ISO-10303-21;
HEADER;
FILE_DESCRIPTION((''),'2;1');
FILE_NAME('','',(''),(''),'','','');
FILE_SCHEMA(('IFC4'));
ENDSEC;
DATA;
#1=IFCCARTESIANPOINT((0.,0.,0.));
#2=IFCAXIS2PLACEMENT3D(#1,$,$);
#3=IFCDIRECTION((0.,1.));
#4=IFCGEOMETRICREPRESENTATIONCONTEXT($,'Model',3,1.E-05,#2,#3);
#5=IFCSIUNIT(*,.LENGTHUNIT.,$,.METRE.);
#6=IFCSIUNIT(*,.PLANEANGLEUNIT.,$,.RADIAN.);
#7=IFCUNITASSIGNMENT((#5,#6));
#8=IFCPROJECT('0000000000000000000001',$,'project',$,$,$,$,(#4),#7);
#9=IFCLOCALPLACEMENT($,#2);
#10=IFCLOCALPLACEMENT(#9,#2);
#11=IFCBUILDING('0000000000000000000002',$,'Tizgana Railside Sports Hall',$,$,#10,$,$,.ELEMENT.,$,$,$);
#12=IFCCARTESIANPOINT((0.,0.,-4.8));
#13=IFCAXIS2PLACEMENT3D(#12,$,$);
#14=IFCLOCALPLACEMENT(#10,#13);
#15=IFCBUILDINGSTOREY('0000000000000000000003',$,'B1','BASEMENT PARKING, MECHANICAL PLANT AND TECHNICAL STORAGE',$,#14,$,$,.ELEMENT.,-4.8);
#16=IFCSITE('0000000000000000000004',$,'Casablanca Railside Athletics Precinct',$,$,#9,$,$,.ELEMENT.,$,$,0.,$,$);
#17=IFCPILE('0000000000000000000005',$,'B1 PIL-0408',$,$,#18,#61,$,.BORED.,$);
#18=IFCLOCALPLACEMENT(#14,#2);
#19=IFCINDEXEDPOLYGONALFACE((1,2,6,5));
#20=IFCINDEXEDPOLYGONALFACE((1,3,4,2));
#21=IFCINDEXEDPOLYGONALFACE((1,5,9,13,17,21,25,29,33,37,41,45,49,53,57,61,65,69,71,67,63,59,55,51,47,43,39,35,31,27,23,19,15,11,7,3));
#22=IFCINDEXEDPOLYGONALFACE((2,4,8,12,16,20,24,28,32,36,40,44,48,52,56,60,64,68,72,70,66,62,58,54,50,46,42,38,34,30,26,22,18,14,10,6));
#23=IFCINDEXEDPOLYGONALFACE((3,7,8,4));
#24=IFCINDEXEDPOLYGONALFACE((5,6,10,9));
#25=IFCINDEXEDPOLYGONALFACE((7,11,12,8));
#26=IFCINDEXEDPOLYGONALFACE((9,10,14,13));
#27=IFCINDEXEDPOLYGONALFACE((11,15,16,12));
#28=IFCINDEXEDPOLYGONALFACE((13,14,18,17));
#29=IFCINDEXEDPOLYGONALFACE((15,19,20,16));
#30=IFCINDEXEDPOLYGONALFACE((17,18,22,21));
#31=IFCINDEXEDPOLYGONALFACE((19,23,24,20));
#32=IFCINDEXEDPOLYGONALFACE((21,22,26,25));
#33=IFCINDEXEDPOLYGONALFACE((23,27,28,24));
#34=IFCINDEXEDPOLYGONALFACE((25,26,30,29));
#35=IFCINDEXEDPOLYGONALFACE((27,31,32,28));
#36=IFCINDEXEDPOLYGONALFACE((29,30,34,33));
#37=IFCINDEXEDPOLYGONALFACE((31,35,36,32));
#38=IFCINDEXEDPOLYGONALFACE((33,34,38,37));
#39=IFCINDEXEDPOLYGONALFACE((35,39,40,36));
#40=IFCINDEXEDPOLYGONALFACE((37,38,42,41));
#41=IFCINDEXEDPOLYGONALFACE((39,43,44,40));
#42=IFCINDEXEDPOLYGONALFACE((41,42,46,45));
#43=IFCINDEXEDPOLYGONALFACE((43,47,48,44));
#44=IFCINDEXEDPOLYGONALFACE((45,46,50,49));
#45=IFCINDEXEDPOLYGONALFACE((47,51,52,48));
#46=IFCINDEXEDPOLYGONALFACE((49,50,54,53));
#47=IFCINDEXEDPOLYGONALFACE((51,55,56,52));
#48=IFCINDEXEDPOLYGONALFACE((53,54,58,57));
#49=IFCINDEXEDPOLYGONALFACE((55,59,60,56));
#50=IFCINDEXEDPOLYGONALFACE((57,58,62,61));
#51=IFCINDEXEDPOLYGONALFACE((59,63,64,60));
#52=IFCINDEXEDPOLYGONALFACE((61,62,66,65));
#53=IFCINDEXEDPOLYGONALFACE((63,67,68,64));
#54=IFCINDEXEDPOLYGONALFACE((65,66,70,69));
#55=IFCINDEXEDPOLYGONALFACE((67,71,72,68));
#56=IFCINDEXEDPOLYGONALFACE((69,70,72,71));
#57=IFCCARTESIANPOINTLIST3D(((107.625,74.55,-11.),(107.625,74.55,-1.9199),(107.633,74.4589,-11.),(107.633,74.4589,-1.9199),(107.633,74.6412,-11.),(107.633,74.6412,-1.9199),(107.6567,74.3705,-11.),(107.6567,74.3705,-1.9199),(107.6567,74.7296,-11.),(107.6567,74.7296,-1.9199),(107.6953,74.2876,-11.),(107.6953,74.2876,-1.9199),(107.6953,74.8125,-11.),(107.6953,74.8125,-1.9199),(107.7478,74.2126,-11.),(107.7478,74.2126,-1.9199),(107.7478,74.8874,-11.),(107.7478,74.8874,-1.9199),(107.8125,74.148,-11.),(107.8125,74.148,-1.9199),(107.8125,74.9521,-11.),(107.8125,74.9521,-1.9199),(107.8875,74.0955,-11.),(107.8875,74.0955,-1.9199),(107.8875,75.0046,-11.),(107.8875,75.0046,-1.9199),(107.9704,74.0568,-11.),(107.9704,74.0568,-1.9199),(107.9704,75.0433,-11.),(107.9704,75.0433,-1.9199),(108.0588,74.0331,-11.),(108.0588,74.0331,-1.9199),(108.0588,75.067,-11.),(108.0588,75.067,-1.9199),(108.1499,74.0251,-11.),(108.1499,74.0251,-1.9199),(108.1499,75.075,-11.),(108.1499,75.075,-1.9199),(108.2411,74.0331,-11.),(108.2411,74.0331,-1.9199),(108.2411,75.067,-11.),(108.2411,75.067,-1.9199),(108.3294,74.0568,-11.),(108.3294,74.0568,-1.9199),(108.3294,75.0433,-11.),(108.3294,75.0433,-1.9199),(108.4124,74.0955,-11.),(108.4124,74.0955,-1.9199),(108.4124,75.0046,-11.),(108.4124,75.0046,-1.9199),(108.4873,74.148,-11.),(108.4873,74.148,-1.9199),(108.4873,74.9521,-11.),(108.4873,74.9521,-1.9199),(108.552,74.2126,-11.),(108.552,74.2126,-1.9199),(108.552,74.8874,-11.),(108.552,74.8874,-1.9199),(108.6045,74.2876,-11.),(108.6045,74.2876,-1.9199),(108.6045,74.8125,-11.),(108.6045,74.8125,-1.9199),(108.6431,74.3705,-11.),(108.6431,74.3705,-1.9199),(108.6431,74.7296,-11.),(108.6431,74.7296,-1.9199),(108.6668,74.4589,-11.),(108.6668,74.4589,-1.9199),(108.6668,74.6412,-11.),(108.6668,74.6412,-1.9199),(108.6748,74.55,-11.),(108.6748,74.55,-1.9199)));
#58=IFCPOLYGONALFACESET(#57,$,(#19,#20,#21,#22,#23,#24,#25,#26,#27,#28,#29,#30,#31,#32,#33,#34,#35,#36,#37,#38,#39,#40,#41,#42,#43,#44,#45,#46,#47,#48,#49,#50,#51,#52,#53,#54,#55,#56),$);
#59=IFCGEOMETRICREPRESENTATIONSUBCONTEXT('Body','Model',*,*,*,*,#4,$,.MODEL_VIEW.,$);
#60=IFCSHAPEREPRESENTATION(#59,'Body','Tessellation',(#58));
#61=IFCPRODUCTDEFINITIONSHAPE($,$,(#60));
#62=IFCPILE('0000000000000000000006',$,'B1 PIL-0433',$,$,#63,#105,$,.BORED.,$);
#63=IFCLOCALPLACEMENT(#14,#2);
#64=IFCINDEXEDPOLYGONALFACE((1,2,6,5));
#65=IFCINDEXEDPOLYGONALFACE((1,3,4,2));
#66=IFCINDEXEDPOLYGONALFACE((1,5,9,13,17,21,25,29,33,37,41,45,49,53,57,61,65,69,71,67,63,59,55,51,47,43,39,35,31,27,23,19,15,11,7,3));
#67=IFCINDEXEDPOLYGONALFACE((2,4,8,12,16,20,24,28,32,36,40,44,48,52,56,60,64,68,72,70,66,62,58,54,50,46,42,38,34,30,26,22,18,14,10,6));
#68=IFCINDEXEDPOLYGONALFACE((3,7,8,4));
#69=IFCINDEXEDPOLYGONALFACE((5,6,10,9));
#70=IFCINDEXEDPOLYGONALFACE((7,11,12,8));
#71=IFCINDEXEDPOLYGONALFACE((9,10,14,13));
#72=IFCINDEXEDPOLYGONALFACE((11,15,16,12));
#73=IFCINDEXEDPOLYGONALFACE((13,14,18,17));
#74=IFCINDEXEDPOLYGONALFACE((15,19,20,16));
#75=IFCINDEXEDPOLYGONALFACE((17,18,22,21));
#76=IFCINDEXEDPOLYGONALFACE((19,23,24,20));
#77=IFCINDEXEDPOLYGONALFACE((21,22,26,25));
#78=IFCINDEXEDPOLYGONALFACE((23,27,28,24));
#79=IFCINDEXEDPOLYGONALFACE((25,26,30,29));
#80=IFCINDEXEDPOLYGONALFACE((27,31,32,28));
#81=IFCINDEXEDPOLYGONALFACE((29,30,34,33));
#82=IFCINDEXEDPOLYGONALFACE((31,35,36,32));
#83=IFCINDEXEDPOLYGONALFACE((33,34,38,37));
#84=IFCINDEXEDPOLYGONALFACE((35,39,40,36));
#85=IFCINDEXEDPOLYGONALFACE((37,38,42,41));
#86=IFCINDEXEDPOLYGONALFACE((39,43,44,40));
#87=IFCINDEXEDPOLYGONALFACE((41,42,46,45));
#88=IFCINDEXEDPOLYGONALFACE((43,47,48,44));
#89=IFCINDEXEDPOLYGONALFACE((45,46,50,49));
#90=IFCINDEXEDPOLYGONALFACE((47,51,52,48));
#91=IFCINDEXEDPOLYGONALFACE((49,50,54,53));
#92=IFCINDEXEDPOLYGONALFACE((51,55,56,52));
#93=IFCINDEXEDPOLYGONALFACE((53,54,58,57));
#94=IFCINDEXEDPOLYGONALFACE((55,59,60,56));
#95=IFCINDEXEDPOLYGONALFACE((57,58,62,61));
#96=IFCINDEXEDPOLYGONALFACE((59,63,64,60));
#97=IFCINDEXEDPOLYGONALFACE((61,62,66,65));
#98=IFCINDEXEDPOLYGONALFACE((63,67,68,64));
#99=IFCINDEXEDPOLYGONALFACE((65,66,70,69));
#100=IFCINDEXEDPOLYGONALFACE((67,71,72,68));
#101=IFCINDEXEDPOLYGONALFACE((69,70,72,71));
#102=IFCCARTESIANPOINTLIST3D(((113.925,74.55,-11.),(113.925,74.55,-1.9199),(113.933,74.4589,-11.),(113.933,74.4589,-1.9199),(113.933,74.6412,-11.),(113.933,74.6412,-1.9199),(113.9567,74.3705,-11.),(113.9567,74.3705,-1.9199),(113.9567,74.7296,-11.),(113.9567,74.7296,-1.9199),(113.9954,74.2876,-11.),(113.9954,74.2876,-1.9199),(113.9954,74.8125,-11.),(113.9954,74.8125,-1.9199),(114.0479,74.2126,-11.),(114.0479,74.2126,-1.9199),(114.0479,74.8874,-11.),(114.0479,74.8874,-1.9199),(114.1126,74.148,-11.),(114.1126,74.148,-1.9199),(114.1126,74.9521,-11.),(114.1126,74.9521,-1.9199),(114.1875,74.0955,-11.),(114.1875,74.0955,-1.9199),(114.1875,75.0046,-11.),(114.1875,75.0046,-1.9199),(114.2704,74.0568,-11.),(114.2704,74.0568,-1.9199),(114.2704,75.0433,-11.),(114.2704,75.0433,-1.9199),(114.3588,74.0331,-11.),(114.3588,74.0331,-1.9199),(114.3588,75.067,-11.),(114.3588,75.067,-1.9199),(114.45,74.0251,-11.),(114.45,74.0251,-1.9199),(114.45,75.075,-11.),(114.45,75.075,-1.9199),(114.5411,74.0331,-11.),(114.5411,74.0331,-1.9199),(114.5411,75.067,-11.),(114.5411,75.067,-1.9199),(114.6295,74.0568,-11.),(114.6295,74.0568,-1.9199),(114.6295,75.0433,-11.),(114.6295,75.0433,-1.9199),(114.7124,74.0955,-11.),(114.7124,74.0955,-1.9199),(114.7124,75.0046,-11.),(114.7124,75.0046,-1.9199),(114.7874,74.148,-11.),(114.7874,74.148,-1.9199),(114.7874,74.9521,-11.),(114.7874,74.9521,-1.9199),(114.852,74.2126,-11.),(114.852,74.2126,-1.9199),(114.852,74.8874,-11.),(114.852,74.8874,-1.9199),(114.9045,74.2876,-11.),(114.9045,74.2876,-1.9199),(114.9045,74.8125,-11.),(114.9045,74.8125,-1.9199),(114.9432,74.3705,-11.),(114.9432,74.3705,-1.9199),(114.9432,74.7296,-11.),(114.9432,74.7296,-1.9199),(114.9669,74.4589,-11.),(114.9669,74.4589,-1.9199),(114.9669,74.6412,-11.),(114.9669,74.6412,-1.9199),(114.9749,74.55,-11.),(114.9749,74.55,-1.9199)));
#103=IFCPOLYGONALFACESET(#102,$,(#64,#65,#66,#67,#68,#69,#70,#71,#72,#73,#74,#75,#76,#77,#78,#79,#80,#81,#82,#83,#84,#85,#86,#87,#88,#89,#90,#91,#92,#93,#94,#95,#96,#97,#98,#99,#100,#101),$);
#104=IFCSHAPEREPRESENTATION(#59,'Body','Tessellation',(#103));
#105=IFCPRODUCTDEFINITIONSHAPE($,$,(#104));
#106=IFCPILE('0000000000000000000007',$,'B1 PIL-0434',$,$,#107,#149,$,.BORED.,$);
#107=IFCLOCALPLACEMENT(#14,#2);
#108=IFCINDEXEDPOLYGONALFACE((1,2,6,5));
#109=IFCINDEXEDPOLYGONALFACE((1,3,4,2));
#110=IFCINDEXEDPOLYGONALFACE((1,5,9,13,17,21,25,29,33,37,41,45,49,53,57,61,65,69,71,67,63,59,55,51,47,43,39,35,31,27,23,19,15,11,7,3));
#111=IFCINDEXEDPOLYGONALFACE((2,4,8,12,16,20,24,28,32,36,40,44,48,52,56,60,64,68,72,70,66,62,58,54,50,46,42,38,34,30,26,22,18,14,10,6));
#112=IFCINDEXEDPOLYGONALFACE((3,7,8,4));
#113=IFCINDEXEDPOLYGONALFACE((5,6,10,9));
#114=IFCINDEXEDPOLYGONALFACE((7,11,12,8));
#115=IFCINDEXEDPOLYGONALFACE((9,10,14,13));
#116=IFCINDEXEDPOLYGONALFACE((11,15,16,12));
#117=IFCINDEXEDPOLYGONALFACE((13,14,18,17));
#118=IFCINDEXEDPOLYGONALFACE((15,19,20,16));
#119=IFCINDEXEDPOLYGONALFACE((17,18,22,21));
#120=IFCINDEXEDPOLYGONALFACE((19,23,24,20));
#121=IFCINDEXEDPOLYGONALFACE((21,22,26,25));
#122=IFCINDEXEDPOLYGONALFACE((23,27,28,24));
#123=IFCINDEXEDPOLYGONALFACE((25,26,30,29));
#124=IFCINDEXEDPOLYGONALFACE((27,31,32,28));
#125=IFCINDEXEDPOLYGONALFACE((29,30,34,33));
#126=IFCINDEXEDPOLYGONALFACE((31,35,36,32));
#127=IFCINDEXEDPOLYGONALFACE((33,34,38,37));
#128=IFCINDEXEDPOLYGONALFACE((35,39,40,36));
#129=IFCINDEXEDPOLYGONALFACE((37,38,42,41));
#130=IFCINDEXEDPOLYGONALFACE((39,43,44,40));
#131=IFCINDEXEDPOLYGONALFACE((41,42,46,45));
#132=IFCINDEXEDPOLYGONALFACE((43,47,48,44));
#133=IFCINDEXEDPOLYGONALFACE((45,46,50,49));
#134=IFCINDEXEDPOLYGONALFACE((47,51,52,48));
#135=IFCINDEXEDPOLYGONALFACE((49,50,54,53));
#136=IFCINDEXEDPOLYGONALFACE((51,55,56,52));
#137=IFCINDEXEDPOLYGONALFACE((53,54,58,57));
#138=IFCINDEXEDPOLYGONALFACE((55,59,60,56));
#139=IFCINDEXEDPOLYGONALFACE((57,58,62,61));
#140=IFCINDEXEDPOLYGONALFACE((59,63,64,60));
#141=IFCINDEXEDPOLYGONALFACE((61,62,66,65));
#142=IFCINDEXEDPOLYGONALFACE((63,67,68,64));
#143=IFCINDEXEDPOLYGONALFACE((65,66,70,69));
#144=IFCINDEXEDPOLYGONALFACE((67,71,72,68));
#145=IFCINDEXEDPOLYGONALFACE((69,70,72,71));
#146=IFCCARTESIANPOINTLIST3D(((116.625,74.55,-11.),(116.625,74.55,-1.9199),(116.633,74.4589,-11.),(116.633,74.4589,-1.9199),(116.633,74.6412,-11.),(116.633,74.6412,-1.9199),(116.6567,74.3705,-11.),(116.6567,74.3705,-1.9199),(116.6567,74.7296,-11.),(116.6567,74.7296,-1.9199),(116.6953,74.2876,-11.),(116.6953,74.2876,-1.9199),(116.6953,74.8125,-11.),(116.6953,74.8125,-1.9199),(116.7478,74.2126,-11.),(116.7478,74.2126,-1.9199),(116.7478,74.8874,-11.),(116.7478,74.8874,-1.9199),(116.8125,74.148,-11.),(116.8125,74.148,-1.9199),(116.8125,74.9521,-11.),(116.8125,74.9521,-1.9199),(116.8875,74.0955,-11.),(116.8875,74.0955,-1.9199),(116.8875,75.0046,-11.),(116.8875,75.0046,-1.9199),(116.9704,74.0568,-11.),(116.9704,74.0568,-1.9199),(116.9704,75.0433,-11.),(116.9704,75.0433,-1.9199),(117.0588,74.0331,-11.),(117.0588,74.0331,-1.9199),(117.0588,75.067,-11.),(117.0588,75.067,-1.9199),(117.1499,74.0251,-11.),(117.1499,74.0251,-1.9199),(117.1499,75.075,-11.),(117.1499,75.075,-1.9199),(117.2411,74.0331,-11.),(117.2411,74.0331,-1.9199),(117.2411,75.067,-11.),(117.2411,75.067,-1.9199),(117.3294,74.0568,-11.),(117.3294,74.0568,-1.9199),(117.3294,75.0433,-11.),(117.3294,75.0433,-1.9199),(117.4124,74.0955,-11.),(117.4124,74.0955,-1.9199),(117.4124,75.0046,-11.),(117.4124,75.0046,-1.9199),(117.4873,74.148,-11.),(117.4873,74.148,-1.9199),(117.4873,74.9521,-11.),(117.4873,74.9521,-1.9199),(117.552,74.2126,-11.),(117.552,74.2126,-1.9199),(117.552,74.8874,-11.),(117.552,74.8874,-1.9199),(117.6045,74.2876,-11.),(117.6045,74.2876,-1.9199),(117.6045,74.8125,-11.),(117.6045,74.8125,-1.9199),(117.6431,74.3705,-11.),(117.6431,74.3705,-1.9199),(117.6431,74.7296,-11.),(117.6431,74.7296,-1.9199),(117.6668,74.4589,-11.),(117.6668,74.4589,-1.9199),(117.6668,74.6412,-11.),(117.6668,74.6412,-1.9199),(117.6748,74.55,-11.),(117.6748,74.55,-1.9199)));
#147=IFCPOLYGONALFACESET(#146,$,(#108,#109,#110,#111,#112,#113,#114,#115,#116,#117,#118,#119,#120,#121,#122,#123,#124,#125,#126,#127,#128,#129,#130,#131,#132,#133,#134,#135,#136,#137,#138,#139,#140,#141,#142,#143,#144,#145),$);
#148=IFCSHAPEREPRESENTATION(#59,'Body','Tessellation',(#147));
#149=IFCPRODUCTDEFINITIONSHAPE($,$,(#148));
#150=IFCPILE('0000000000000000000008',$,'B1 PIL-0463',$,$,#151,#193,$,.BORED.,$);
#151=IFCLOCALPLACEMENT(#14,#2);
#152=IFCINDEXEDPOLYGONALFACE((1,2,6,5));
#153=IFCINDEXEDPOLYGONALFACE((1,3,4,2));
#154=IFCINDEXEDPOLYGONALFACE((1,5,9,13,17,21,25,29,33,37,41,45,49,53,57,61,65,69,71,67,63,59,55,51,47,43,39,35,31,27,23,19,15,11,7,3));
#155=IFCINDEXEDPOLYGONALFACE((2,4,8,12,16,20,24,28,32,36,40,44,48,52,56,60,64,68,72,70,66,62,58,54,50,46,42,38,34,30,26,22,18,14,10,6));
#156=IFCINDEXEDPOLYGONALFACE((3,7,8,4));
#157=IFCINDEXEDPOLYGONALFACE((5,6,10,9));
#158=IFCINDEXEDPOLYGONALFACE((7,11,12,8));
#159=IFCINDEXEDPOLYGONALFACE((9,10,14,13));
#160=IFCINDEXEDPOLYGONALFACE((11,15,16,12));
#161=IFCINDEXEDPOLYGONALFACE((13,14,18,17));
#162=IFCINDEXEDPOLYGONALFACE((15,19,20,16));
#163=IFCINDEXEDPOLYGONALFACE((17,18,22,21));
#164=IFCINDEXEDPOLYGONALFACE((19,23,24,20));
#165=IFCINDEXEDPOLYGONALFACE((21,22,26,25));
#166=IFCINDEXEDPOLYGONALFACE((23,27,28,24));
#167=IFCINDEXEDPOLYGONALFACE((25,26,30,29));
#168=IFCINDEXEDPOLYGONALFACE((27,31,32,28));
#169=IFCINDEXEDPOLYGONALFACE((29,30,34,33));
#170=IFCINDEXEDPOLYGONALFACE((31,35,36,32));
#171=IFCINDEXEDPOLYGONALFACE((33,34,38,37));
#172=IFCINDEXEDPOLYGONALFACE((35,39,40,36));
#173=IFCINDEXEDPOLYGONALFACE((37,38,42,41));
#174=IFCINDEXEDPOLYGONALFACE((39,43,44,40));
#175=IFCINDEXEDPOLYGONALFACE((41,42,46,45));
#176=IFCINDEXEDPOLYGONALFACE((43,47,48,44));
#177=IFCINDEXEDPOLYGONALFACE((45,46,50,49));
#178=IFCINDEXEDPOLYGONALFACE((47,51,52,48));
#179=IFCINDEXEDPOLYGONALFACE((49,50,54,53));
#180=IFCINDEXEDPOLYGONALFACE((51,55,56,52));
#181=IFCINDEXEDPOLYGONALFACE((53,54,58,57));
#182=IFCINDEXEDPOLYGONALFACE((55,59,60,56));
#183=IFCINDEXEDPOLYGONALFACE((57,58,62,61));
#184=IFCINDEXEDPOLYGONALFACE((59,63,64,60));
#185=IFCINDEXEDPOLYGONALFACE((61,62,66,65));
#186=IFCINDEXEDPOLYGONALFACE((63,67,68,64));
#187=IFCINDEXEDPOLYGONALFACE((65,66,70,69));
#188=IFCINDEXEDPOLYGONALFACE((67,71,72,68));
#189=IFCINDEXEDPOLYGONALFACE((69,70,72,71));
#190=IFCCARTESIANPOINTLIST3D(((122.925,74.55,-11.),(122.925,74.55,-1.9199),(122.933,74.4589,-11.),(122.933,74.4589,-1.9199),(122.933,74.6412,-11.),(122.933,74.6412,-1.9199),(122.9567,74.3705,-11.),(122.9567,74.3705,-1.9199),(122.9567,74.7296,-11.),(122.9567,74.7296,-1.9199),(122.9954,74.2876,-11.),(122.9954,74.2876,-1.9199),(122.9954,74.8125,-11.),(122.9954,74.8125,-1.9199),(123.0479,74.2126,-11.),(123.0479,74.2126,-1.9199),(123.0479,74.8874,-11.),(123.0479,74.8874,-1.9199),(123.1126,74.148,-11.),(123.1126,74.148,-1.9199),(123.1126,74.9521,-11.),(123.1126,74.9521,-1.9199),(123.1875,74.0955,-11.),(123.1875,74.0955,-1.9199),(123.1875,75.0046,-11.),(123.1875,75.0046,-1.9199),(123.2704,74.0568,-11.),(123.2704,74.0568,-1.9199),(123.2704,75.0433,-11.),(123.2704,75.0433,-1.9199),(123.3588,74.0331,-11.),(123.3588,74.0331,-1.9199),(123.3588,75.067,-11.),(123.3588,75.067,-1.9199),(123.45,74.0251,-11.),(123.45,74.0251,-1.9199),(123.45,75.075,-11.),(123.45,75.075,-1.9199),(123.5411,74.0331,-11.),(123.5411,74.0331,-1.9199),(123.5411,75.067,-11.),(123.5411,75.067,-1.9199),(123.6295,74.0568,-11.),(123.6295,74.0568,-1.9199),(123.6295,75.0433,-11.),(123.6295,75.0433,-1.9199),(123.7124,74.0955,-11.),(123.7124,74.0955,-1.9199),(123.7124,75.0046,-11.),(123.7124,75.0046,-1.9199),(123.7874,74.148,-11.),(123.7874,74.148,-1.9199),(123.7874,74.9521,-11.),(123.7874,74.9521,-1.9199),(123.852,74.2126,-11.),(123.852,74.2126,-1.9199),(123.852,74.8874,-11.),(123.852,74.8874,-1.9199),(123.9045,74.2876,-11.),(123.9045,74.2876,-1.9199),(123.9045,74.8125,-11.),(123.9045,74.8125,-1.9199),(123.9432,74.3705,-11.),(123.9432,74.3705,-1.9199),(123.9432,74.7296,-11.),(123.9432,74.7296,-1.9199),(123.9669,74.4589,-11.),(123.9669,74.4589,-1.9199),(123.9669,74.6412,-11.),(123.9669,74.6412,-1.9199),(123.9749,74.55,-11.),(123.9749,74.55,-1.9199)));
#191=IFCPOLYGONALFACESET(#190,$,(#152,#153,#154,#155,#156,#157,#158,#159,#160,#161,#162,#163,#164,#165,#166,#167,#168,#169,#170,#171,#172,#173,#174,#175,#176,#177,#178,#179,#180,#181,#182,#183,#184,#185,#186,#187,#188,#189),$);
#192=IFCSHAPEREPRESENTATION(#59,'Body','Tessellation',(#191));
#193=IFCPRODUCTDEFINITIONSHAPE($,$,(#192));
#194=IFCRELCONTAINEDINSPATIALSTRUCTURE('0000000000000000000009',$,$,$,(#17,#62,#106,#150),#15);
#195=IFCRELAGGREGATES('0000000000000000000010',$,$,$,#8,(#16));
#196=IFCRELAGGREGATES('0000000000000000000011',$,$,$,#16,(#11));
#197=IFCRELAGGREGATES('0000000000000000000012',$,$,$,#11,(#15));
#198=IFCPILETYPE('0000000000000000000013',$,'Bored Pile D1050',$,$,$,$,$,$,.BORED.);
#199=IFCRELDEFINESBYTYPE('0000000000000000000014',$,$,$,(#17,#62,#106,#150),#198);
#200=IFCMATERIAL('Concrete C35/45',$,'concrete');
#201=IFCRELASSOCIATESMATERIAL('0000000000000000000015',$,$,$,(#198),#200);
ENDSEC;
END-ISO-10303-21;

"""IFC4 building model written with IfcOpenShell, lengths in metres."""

from ifc_helpers import new_model, si_unit, direction, frame, origin, origin_2d, place, context, subcontext, project, spatial, circle, extrude, material, material_profile, profile_set, type_object, element, save


model = new_model("IFC4")

# Units and contexts
model_context = context("Model", 3, precision=1e-05, world=origin(), true_north=direction((0.0, 1.0)))
body_context = subcontext(model_context, "Body", "Model", "MODEL_VIEW")
ifc_project = project(units=[si_unit("LENGTHUNIT", "METRE"), si_unit("PLANEANGLEUNIT", "RADIAN")], contexts=[model_context])

# Site, building, storey
site_placement = place(None, origin())
site = spatial("IfcSite", under=ifc_project, at=site_placement, Name="Casablanca Railside Athletics Precinct", CompositionType="ELEMENT", RefElevation=0.0)
building_placement = place(site_placement, origin())
building = spatial("IfcBuilding", under=site, at=building_placement, Name="Tizgana Railside Sports Hall", CompositionType="ELEMENT")
storey_placement = place(building_placement, frame((0.0, 0.0, -4.8)))
storey = spatial("IfcBuildingStorey", under=building, at=storey_placement, Name="B1", Description="BASEMENT PARKING, MECHANICAL PLANT AND TECHNICAL STORAGE", CompositionType="ELEMENT", Elevation=-4.8)

# Piles
ifc_material_1 = material(Name="Concrete C35/45", Category="concrete")
ifc_material_profile_1 = material_profile(ifc_material_1, circle(Radius=0.5249, at=origin_2d()), Name="PILE D1050")
ifc_profile_set_1 = profile_set([ifc_material_profile_1], Name="Concrete C35/45")
pile_type_1 = type_object("IfcPileType", Name="Bored Pile D1050", PredefinedType="BORED", material=ifc_profile_set_1)
for number, where, z_axis, x_axis, name in (
    (1, (108.1499, 74.55, -1.9199), (0.0, 0.0, -1.0), (1.0, 0.0, 0.0), "B1 PIL-0408"),
    (2, (114.45, 74.55, -1.9199), (0.0, 0.0, -1.0), (1.0, 0.0, 0.0), "B1 PIL-0433"),
    (3, (117.1499, 74.55, -1.9199), (0.0, 0.0, -1.0), (1.0, 0.0, 0.0), "B1 PIL-0434"),
    (4, (123.45, 74.55, -1.9199), (0.0, 0.0, -1.0), (1.0, 0.0, 0.0), "B1 PIL-0463"),
):
    element("IfcPile", number, at=place(storey_placement, frame(where, z_axis=z_axis, x_axis=x_axis)), inside=storey, type_object=pile_type_1, Name=name, PredefinedType="BORED", context=body_context, shape_type="SweptSolid", body=[
        extrude(circle(Radius=0.5249, at=origin_2d()), origin(), (0.0, 0.0, 1.0), 9.0801),
    ])

save(model, "model.ifc")
